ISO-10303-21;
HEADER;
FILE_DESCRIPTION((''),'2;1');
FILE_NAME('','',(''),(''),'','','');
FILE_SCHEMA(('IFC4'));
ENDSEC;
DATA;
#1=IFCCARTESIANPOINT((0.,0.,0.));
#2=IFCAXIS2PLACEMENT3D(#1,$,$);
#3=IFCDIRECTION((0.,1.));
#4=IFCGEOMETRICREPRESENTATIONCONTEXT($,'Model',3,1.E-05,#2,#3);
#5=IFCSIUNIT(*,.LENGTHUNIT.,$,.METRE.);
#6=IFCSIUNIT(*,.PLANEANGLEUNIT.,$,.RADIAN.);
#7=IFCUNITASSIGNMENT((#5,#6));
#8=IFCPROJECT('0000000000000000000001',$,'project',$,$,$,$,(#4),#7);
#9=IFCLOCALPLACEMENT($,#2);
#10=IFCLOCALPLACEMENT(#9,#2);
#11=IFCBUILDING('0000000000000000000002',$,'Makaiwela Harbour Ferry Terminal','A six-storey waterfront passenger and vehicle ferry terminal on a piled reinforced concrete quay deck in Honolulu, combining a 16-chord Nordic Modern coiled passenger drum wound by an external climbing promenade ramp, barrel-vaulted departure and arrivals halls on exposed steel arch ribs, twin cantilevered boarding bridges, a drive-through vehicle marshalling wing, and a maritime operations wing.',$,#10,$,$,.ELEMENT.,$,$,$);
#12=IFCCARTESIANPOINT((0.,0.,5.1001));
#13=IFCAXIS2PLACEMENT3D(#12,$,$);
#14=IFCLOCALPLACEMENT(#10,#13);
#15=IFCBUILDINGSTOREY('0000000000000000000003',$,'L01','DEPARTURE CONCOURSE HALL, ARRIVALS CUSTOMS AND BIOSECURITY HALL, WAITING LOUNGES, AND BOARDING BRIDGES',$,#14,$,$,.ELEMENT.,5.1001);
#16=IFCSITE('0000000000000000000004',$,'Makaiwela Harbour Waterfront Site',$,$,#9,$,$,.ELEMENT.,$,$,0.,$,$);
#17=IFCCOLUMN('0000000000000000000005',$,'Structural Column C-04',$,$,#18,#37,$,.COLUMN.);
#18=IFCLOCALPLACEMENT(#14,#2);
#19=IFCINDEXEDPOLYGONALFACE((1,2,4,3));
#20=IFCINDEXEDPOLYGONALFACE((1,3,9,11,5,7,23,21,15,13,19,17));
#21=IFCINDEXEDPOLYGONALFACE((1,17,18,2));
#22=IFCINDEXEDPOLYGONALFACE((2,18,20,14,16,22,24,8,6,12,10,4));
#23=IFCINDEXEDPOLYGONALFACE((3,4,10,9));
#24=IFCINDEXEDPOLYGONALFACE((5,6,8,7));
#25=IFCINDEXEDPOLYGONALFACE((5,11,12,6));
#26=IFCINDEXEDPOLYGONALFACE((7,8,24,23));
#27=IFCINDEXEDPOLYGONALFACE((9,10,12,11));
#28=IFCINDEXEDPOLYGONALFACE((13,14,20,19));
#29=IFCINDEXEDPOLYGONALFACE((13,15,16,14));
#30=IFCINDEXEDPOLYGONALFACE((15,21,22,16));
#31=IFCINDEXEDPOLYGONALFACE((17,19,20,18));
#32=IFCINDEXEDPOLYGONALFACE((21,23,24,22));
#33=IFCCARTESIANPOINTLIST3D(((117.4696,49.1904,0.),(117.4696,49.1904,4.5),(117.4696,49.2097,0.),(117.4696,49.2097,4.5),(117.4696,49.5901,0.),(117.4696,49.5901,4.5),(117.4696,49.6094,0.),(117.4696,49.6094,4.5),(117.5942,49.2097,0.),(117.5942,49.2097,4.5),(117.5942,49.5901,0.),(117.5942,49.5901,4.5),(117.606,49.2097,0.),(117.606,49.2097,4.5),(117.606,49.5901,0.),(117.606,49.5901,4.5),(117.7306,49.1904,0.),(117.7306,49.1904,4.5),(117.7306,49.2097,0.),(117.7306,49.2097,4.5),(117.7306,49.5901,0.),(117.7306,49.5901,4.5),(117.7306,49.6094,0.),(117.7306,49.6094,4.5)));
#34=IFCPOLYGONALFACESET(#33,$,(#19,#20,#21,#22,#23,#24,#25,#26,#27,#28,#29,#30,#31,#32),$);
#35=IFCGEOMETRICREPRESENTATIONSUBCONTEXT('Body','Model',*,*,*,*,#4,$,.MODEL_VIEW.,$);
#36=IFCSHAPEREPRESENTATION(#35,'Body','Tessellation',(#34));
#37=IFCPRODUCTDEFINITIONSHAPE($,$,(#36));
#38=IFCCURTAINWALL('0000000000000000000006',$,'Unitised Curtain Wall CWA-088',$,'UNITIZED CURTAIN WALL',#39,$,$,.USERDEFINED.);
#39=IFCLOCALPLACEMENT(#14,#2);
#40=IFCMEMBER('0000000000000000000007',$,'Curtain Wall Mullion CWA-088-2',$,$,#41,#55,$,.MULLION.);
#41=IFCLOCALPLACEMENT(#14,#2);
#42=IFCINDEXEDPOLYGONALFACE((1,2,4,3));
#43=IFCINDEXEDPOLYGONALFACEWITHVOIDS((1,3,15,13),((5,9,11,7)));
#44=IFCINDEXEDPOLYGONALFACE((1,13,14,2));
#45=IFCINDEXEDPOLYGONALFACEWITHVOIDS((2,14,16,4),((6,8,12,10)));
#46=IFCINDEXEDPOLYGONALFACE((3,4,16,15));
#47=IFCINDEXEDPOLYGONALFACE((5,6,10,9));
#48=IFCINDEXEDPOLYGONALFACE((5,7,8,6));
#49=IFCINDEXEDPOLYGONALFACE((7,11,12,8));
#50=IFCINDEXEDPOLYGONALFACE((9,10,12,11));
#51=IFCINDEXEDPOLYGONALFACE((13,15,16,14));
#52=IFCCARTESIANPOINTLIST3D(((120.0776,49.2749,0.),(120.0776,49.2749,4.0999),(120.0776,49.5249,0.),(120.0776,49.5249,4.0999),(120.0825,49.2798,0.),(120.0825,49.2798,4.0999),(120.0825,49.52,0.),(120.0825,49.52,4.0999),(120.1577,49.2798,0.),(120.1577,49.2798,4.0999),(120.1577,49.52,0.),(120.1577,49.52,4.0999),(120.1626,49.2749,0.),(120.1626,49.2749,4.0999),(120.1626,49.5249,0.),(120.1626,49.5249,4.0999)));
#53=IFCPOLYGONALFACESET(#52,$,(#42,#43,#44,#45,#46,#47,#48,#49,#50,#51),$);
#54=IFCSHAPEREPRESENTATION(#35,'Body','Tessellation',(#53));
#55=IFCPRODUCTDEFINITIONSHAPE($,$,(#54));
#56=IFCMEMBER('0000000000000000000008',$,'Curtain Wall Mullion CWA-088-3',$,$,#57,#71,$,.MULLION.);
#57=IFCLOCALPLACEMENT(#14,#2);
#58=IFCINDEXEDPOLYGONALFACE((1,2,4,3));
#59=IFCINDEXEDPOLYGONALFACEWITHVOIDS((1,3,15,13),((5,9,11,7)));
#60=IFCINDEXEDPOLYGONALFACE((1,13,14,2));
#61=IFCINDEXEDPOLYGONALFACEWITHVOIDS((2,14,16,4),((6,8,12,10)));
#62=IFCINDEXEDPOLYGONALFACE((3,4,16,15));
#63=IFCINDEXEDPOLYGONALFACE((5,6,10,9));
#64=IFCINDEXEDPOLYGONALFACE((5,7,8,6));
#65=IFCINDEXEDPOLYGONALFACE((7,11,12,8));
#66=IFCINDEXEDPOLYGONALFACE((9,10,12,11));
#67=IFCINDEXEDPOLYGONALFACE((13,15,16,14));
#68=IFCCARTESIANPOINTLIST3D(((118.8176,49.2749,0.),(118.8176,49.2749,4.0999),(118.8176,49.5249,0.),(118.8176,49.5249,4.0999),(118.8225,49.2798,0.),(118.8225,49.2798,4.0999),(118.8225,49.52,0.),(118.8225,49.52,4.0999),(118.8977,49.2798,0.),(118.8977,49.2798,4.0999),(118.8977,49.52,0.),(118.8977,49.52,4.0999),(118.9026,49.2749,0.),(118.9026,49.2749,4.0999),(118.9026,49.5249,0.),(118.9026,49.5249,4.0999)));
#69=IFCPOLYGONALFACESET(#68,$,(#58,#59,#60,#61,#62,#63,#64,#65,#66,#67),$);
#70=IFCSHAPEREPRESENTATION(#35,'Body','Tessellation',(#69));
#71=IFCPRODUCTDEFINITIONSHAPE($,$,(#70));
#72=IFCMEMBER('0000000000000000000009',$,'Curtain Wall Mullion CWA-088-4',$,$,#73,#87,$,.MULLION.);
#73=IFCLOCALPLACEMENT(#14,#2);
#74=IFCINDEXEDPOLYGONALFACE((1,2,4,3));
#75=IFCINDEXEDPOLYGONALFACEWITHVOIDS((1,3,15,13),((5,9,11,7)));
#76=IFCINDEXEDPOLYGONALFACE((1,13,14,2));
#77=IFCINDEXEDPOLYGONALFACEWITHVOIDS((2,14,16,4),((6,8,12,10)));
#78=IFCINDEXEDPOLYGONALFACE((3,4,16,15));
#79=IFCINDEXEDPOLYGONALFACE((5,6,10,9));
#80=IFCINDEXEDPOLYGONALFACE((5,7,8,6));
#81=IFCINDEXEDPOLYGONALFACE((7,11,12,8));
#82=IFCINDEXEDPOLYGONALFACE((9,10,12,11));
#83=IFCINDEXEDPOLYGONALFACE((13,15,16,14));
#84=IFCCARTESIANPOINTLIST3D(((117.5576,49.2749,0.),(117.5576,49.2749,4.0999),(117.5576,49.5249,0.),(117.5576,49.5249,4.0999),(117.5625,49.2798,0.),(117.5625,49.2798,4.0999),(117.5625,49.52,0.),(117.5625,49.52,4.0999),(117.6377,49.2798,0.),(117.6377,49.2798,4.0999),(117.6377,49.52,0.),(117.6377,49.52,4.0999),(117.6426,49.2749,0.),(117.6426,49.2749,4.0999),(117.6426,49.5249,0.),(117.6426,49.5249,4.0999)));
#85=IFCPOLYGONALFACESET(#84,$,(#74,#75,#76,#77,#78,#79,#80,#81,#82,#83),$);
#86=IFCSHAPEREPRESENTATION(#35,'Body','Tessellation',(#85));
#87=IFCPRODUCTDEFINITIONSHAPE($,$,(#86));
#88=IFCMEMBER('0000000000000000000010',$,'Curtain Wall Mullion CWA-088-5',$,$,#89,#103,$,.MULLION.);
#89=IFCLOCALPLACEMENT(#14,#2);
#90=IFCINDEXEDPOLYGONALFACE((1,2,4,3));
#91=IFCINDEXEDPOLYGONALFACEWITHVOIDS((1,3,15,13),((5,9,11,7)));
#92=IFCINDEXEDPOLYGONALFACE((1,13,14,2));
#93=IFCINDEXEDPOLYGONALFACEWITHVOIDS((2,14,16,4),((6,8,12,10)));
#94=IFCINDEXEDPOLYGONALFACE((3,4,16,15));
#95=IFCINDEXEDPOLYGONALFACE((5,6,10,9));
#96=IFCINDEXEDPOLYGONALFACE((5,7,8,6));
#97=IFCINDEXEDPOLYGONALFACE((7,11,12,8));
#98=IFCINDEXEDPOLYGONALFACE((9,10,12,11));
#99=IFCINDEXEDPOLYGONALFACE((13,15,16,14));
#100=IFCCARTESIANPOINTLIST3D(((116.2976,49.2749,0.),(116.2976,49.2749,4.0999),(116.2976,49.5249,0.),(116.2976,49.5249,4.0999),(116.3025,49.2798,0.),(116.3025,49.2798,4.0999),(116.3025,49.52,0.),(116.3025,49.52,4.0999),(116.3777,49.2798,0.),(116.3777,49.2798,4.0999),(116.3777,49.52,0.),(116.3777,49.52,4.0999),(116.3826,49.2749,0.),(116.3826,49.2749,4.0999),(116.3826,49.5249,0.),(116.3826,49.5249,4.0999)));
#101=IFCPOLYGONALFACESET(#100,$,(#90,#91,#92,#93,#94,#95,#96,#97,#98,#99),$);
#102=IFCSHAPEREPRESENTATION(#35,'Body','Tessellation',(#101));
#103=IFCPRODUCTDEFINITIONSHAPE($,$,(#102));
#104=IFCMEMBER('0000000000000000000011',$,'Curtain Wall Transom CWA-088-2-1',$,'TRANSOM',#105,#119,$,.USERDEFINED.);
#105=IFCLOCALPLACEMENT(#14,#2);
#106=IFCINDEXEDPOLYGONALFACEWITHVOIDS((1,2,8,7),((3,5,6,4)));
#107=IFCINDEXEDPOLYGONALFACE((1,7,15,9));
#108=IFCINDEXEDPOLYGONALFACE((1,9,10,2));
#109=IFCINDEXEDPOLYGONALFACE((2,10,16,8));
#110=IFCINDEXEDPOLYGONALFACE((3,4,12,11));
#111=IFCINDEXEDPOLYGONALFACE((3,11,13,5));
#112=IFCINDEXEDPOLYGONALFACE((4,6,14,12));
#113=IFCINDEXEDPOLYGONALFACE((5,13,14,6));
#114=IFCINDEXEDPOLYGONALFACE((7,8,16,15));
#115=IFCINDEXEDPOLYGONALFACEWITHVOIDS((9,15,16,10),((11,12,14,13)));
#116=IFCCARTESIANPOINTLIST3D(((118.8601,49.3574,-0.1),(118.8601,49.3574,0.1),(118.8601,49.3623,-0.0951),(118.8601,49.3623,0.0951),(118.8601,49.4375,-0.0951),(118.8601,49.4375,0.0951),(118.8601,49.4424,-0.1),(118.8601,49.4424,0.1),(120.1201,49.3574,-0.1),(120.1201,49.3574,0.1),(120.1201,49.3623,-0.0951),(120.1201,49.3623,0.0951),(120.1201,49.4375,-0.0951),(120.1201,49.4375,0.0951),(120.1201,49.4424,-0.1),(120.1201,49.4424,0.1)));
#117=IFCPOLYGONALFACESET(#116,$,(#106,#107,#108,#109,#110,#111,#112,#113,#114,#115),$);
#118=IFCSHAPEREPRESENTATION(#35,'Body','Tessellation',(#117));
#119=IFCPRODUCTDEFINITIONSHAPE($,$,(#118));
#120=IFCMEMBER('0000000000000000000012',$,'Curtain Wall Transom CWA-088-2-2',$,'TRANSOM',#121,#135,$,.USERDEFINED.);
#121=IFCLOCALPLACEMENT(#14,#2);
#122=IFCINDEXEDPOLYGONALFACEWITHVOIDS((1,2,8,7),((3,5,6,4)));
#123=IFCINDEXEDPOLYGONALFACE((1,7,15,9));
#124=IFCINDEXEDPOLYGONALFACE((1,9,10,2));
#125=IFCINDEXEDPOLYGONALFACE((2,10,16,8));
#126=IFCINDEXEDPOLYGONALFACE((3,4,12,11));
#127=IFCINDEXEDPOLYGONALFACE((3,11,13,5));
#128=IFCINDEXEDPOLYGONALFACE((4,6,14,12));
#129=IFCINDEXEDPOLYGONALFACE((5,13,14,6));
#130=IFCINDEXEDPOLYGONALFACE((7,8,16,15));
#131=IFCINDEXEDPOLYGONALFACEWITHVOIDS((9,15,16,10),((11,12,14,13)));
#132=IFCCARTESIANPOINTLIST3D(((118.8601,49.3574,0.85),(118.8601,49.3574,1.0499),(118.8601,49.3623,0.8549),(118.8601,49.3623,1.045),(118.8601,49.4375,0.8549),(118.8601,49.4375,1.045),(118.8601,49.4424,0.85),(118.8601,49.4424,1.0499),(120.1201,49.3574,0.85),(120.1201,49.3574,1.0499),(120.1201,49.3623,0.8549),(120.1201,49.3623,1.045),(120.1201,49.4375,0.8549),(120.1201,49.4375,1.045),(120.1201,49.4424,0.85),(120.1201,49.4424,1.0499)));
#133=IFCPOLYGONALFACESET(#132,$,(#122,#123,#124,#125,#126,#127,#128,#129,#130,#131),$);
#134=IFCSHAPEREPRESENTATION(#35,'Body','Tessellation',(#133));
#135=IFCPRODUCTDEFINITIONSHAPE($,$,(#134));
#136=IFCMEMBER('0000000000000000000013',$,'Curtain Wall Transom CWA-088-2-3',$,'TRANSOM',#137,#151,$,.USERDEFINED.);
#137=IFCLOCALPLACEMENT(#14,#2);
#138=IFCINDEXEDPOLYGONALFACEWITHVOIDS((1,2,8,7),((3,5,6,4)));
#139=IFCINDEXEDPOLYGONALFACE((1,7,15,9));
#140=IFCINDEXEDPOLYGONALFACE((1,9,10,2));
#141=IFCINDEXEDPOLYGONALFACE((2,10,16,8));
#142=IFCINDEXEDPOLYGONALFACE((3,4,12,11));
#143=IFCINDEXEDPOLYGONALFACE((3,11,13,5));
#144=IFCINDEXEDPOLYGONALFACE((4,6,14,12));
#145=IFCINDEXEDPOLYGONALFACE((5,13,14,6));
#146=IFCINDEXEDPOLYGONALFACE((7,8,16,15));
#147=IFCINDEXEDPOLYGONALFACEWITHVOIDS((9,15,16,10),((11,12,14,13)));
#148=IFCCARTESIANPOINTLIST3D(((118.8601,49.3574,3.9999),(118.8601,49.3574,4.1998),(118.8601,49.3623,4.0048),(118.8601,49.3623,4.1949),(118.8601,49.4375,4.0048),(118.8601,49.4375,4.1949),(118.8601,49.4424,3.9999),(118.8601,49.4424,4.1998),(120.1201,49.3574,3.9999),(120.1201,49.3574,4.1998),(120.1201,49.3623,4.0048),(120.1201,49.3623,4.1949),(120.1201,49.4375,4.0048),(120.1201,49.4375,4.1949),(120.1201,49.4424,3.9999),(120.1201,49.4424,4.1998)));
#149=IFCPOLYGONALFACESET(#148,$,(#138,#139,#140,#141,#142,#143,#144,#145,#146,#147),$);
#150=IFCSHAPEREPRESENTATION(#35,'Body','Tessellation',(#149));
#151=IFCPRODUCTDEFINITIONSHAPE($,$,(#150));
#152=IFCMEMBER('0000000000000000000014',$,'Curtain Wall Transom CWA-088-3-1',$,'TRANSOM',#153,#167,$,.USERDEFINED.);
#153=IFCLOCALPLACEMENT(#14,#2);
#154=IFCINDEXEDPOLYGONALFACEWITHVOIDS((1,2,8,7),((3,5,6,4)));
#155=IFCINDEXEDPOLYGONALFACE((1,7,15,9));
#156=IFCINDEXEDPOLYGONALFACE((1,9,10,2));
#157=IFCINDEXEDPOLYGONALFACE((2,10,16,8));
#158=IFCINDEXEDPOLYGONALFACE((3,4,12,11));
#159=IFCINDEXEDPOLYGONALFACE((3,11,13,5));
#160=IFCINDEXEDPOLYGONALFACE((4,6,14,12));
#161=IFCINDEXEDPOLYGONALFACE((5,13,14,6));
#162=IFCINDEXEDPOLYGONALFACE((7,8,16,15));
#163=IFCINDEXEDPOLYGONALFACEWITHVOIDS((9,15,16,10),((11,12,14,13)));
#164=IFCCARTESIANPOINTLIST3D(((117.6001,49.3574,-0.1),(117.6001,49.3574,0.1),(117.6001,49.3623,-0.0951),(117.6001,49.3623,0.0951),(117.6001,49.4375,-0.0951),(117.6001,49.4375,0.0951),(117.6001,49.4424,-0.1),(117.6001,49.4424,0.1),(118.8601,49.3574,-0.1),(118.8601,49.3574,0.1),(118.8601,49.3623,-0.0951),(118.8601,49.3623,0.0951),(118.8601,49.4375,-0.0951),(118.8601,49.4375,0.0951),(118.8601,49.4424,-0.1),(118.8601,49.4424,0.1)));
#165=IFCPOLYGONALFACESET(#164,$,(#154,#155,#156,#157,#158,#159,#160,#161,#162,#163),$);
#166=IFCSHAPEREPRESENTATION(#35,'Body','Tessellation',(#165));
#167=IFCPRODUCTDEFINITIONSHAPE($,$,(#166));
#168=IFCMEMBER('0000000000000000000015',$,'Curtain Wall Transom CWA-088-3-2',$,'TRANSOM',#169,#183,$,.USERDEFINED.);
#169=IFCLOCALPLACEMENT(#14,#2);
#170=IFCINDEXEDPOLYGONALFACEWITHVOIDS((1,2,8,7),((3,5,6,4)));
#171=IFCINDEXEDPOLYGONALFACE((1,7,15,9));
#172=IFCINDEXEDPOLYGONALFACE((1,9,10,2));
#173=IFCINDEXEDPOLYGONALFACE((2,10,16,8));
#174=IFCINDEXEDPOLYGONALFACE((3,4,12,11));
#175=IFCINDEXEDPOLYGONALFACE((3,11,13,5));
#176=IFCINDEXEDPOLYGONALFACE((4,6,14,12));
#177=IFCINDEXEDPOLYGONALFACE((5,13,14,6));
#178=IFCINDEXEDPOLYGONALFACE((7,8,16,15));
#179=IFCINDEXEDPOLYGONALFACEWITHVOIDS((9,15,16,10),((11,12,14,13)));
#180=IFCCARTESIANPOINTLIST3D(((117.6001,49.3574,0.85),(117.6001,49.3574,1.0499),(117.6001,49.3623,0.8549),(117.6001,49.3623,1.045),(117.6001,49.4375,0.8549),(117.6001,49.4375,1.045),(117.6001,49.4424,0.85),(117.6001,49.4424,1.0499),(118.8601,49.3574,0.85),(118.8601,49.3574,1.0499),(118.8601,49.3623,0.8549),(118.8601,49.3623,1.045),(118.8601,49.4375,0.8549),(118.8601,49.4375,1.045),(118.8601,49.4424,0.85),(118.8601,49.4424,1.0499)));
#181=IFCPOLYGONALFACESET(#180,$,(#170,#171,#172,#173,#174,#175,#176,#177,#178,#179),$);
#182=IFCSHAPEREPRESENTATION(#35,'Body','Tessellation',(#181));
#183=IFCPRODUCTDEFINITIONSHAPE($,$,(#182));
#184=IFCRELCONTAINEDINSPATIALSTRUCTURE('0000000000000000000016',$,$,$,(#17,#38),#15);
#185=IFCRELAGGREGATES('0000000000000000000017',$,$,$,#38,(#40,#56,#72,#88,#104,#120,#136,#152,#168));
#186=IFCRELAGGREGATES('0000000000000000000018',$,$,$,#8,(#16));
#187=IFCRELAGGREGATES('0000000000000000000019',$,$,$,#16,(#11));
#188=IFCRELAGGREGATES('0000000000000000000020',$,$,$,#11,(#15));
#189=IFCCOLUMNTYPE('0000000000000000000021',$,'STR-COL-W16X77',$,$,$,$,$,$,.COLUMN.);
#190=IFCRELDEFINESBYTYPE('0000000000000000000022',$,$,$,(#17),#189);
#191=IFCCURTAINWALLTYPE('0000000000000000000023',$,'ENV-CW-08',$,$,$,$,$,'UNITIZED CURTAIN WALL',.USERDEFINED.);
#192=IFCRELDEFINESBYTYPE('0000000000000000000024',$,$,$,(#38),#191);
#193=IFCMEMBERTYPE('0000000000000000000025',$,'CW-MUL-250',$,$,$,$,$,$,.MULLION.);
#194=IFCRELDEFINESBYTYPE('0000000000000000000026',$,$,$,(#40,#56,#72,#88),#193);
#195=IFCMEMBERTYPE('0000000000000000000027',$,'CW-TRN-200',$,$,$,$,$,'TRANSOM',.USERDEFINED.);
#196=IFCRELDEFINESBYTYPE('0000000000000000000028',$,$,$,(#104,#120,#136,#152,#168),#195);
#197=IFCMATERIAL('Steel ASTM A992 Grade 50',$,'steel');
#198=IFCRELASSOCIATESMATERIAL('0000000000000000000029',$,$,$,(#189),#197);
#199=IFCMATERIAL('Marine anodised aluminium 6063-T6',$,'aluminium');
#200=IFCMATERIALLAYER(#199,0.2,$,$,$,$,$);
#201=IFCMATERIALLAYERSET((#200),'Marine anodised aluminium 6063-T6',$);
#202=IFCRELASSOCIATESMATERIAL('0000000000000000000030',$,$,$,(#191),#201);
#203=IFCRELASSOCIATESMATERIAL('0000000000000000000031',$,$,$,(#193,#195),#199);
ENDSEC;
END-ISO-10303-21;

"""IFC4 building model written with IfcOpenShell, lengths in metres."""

from ifc_helpers import new_model, si_unit, direction, frame, origin, origin_2d, place, context, subcontext, project, spatial, hollow_rectangle, i_section, extrude, material, layer, layer_set, material_profile, profile_set, type_object, element, aggregate, save


model = new_model("IFC4")

# Units and contexts
model_context = context("Model", 3, precision=1e-05, world=origin(), true_north=direction((0.0, 1.0)))
body_context = subcontext(model_context, "Body", "Model", "MODEL_VIEW")
ifc_project = project(units=[si_unit("LENGTHUNIT", "METRE"), si_unit("PLANEANGLEUNIT", "RADIAN")], contexts=[model_context])

# Site, building, storey
site_placement = place(None, origin())
site = spatial("IfcSite", under=ifc_project, at=site_placement, Name="Makaiwela Harbour Waterfront Site", CompositionType="ELEMENT", RefElevation=0.0)
building_placement = place(site_placement, origin())
building = spatial("IfcBuilding", under=site, at=building_placement, Name="Makaiwela Harbour Ferry Terminal", Description="A six-storey waterfront passenger and vehicle ferry terminal on a piled reinforced concrete quay deck in Honolulu, combining a 16-chord Nordic Modern coiled passenger drum wound by an external climbing promenade ramp, barrel-vaulted departure and arrivals halls on exposed steel arch ribs, twin cantilevered boarding bridges, a drive-through vehicle marshalling wing, and a maritime operations wing.", CompositionType="ELEMENT")
storey_placement = place(building_placement, frame((0.0, 0.0, 5.1001)))
storey = spatial("IfcBuildingStorey", under=building, at=storey_placement, Name="L01", Description="DEPARTURE CONCOURSE HALL, ARRIVALS CUSTOMS AND BIOSECURITY HALL, WAITING LOUNGES, AND BOARDING BRIDGES", CompositionType="ELEMENT", Elevation=5.1001)

# Column
ifc_material_1 = material(Name="Steel ASTM A992 Grade 50", Category="steel")
ifc_material_profile_1 = material_profile(ifc_material_1, i_section(OverallWidth=0.261, OverallDepth=0.4189, WebThickness=0.0117, FlangeThickness=0.0193, at=origin_2d()), Name="W16X77")
ifc_profile_set_1 = profile_set([ifc_material_profile_1], Name="Steel ASTM A992 Grade 50")
column_type = type_object("IfcColumnType", Name="STR-COL-W16X77", PredefinedType="COLUMN", material=ifc_profile_set_1)
column_placement = place(storey_placement, frame((117.6001, 49.3999, 0.0), z_axis=(0.0, 0.0, 1.0), x_axis=(1.0, 0.0, 0.0)))
element("IfcColumn", 1, at=column_placement, inside=storey, type_object=column_type, Name="Structural Column C-04", PredefinedType="COLUMN", context=body_context, shape_type="SweptSolid", body=[
    extrude(i_section(OverallWidth=0.261, OverallDepth=0.4189, WebThickness=0.0117, FlangeThickness=0.0193, at=origin_2d()), origin(), (0.0, 0.0, 1.0), 4.5),
])

# Curtain wall, members
ifc_material_2 = material(Name="Marine anodised aluminium 6063-T6", Category="aluminium")
ifc_layer_1 = layer(ifc_material_2, 0.2)
ifc_layer_set_1 = layer_set([ifc_layer_1], Name="Marine anodised aluminium 6063-T6")
curtain_wall_type = type_object("IfcCurtainWallType", Name="ENV-CW-08", ElementType="UNITIZED CURTAIN WALL", PredefinedType="USERDEFINED", material=ifc_layer_set_1)
curtain_wall_placement = place(storey_placement, origin())
curtain_wall = element("IfcCurtainWall", 2, at=curtain_wall_placement, inside=storey, type_object=curtain_wall_type, Name="Unitised Curtain Wall CWA-088", ObjectType="UNITIZED CURTAIN WALL", PredefinedType="USERDEFINED")
ifc_material_profile_2 = material_profile(ifc_material_2, hollow_rectangle(XDim=0.085, YDim=0.25, WallThickness=0.0049, at=origin_2d()), Name="CWM-250X85")
ifc_profile_set_2 = profile_set([ifc_material_profile_2], Name="Marine anodised aluminium 6063-T6")
member_type_1 = type_object("IfcMemberType", Name="CW-MUL-250", PredefinedType="MULLION", material=ifc_profile_set_2)
member_1_placement = place(storey_placement, frame((120.1201, 49.3999, 0.0), z_axis=(0.0, 0.0, 1.0), x_axis=(1.0, 0.0, 0.0)))
member_1 = element("IfcMember", 3, at=member_1_placement, type_object=member_type_1, Name="Curtain Wall Mullion CWA-088-2", PredefinedType="MULLION", context=body_context, shape_type="SweptSolid", body=[
    extrude(hollow_rectangle(XDim=0.085, YDim=0.25, WallThickness=0.0049, at=origin_2d()), origin(), (0.0, 0.0, 1.0), 4.0999),
])
member_2_placement = place(storey_placement, frame((118.8601, 49.3999, 0.0), z_axis=(0.0, 0.0, 1.0), x_axis=(1.0, 0.0, 0.0)))
member_2 = element("IfcMember", 4, at=member_2_placement, type_object=member_type_1, Name="Curtain Wall Mullion CWA-088-3", PredefinedType="MULLION", context=body_context, shape_type="SweptSolid", body=[
    extrude(hollow_rectangle(XDim=0.085, YDim=0.25, WallThickness=0.0049, at=origin_2d()), origin(), (0.0, 0.0, 1.0), 4.0999),
])
member_3_placement = place(storey_placement, frame((117.6001, 49.3999, 0.0), z_axis=(0.0, 0.0, 1.0), x_axis=(1.0, 0.0, 0.0)))
member_3 = element("IfcMember", 5, at=member_3_placement, type_object=member_type_1, Name="Curtain Wall Mullion CWA-088-4", PredefinedType="MULLION", context=body_context, shape_type="SweptSolid", body=[
    extrude(hollow_rectangle(XDim=0.085, YDim=0.25, WallThickness=0.0049, at=origin_2d()), origin(), (0.0, 0.0, 1.0), 4.0999),
])
member_4_placement = place(storey_placement, frame((116.3401, 49.3999, 0.0), z_axis=(0.0, 0.0, 1.0), x_axis=(1.0, 0.0, 0.0)))
member_4 = element("IfcMember", 6, at=member_4_placement, type_object=member_type_1, Name="Curtain Wall Mullion CWA-088-5", PredefinedType="MULLION", context=body_context, shape_type="SweptSolid", body=[
    extrude(hollow_rectangle(XDim=0.085, YDim=0.25, WallThickness=0.0049, at=origin_2d()), origin(), (0.0, 0.0, 1.0), 4.0999),
])
ifc_material_profile_3 = material_profile(ifc_material_2, hollow_rectangle(XDim=0.085, YDim=0.2, WallThickness=0.0049, at=origin_2d()), Name="CWT-200X85")
ifc_profile_set_3 = profile_set([ifc_material_profile_3], Name="Marine anodised aluminium 6063-T6")
member_type_2 = type_object("IfcMemberType", Name="CW-TRN-200", ElementType="TRANSOM", PredefinedType="USERDEFINED", material=ifc_profile_set_3)
member_5_placement = place(storey_placement, frame((120.1201, 49.3999, 0.0), z_axis=(-1.0, 0.0, 0.0), x_axis=(0.0, -1.0, 0.0)))
member_5 = element("IfcMember", 7, at=member_5_placement, type_object=member_type_2, Name="Curtain Wall Transom CWA-088-2-1", ObjectType="TRANSOM", PredefinedType="USERDEFINED", context=body_context, shape_type="SweptSolid", body=[
    extrude(hollow_rectangle(XDim=0.085, YDim=0.2, WallThickness=0.0049, at=origin_2d()), origin(), (0.0, 0.0, 1.0), 1.26),
])
member_6_placement = place(storey_placement, frame((120.1201, 49.3999, 0.95), z_axis=(-1.0, 0.0, 0.0), x_axis=(0.0, -1.0, 0.0)))
member_6 = element("IfcMember", 8, at=member_6_placement, type_object=member_type_2, Name="Curtain Wall Transom CWA-088-2-2", ObjectType="TRANSOM", PredefinedType="USERDEFINED", context=body_context, shape_type="SweptSolid", body=[
    extrude(hollow_rectangle(XDim=0.085, YDim=0.2, WallThickness=0.0049, at=origin_2d()), origin(), (0.0, 0.0, 1.0), 1.26),
])
member_7_placement = place(storey_placement, frame((120.1201, 49.3999, 4.0999), z_axis=(-1.0, 0.0, 0.0), x_axis=(0.0, -1.0, 0.0)))
member_7 = element("IfcMember", 9, at=member_7_placement, type_object=member_type_2, Name="Curtain Wall Transom CWA-088-2-3", ObjectType="TRANSOM", PredefinedType="USERDEFINED", context=body_context, shape_type="SweptSolid", body=[
    extrude(hollow_rectangle(XDim=0.085, YDim=0.2, WallThickness=0.0049, at=origin_2d()), origin(), (0.0, 0.0, 1.0), 1.26),
])
member_8_placement = place(storey_placement, frame((118.8601, 49.3999, 0.0), z_axis=(-1.0, 0.0, 0.0), x_axis=(0.0, -1.0, 0.0)))
member_8 = element("IfcMember", 10, at=member_8_placement, type_object=member_type_2, Name="Curtain Wall Transom CWA-088-3-1", ObjectType="TRANSOM", PredefinedType="USERDEFINED", context=body_context, shape_type="SweptSolid", body=[
    extrude(hollow_rectangle(XDim=0.085, YDim=0.2, WallThickness=0.0049, at=origin_2d()), origin(), (0.0, 0.0, 1.0), 1.26),
])
member_9_placement = place(storey_placement, frame((118.8601, 49.3999, 0.95), z_axis=(-1.0, 0.0, 0.0), x_axis=(0.0, -1.0, 0.0)))
member_9 = element("IfcMember", 11, at=member_9_placement, type_object=member_type_2, Name="Curtain Wall Transom CWA-088-3-2", ObjectType="TRANSOM", PredefinedType="USERDEFINED", context=body_context, shape_type="SweptSolid", body=[
    extrude(hollow_rectangle(XDim=0.085, YDim=0.2, WallThickness=0.0049, at=origin_2d()), origin(), (0.0, 0.0, 1.0), 1.26),
])

aggregate(curtain_wall, [member_1, member_2, member_3, member_4, member_5, member_6, member_7, member_8, member_9])

save(model, "model.ifc")
